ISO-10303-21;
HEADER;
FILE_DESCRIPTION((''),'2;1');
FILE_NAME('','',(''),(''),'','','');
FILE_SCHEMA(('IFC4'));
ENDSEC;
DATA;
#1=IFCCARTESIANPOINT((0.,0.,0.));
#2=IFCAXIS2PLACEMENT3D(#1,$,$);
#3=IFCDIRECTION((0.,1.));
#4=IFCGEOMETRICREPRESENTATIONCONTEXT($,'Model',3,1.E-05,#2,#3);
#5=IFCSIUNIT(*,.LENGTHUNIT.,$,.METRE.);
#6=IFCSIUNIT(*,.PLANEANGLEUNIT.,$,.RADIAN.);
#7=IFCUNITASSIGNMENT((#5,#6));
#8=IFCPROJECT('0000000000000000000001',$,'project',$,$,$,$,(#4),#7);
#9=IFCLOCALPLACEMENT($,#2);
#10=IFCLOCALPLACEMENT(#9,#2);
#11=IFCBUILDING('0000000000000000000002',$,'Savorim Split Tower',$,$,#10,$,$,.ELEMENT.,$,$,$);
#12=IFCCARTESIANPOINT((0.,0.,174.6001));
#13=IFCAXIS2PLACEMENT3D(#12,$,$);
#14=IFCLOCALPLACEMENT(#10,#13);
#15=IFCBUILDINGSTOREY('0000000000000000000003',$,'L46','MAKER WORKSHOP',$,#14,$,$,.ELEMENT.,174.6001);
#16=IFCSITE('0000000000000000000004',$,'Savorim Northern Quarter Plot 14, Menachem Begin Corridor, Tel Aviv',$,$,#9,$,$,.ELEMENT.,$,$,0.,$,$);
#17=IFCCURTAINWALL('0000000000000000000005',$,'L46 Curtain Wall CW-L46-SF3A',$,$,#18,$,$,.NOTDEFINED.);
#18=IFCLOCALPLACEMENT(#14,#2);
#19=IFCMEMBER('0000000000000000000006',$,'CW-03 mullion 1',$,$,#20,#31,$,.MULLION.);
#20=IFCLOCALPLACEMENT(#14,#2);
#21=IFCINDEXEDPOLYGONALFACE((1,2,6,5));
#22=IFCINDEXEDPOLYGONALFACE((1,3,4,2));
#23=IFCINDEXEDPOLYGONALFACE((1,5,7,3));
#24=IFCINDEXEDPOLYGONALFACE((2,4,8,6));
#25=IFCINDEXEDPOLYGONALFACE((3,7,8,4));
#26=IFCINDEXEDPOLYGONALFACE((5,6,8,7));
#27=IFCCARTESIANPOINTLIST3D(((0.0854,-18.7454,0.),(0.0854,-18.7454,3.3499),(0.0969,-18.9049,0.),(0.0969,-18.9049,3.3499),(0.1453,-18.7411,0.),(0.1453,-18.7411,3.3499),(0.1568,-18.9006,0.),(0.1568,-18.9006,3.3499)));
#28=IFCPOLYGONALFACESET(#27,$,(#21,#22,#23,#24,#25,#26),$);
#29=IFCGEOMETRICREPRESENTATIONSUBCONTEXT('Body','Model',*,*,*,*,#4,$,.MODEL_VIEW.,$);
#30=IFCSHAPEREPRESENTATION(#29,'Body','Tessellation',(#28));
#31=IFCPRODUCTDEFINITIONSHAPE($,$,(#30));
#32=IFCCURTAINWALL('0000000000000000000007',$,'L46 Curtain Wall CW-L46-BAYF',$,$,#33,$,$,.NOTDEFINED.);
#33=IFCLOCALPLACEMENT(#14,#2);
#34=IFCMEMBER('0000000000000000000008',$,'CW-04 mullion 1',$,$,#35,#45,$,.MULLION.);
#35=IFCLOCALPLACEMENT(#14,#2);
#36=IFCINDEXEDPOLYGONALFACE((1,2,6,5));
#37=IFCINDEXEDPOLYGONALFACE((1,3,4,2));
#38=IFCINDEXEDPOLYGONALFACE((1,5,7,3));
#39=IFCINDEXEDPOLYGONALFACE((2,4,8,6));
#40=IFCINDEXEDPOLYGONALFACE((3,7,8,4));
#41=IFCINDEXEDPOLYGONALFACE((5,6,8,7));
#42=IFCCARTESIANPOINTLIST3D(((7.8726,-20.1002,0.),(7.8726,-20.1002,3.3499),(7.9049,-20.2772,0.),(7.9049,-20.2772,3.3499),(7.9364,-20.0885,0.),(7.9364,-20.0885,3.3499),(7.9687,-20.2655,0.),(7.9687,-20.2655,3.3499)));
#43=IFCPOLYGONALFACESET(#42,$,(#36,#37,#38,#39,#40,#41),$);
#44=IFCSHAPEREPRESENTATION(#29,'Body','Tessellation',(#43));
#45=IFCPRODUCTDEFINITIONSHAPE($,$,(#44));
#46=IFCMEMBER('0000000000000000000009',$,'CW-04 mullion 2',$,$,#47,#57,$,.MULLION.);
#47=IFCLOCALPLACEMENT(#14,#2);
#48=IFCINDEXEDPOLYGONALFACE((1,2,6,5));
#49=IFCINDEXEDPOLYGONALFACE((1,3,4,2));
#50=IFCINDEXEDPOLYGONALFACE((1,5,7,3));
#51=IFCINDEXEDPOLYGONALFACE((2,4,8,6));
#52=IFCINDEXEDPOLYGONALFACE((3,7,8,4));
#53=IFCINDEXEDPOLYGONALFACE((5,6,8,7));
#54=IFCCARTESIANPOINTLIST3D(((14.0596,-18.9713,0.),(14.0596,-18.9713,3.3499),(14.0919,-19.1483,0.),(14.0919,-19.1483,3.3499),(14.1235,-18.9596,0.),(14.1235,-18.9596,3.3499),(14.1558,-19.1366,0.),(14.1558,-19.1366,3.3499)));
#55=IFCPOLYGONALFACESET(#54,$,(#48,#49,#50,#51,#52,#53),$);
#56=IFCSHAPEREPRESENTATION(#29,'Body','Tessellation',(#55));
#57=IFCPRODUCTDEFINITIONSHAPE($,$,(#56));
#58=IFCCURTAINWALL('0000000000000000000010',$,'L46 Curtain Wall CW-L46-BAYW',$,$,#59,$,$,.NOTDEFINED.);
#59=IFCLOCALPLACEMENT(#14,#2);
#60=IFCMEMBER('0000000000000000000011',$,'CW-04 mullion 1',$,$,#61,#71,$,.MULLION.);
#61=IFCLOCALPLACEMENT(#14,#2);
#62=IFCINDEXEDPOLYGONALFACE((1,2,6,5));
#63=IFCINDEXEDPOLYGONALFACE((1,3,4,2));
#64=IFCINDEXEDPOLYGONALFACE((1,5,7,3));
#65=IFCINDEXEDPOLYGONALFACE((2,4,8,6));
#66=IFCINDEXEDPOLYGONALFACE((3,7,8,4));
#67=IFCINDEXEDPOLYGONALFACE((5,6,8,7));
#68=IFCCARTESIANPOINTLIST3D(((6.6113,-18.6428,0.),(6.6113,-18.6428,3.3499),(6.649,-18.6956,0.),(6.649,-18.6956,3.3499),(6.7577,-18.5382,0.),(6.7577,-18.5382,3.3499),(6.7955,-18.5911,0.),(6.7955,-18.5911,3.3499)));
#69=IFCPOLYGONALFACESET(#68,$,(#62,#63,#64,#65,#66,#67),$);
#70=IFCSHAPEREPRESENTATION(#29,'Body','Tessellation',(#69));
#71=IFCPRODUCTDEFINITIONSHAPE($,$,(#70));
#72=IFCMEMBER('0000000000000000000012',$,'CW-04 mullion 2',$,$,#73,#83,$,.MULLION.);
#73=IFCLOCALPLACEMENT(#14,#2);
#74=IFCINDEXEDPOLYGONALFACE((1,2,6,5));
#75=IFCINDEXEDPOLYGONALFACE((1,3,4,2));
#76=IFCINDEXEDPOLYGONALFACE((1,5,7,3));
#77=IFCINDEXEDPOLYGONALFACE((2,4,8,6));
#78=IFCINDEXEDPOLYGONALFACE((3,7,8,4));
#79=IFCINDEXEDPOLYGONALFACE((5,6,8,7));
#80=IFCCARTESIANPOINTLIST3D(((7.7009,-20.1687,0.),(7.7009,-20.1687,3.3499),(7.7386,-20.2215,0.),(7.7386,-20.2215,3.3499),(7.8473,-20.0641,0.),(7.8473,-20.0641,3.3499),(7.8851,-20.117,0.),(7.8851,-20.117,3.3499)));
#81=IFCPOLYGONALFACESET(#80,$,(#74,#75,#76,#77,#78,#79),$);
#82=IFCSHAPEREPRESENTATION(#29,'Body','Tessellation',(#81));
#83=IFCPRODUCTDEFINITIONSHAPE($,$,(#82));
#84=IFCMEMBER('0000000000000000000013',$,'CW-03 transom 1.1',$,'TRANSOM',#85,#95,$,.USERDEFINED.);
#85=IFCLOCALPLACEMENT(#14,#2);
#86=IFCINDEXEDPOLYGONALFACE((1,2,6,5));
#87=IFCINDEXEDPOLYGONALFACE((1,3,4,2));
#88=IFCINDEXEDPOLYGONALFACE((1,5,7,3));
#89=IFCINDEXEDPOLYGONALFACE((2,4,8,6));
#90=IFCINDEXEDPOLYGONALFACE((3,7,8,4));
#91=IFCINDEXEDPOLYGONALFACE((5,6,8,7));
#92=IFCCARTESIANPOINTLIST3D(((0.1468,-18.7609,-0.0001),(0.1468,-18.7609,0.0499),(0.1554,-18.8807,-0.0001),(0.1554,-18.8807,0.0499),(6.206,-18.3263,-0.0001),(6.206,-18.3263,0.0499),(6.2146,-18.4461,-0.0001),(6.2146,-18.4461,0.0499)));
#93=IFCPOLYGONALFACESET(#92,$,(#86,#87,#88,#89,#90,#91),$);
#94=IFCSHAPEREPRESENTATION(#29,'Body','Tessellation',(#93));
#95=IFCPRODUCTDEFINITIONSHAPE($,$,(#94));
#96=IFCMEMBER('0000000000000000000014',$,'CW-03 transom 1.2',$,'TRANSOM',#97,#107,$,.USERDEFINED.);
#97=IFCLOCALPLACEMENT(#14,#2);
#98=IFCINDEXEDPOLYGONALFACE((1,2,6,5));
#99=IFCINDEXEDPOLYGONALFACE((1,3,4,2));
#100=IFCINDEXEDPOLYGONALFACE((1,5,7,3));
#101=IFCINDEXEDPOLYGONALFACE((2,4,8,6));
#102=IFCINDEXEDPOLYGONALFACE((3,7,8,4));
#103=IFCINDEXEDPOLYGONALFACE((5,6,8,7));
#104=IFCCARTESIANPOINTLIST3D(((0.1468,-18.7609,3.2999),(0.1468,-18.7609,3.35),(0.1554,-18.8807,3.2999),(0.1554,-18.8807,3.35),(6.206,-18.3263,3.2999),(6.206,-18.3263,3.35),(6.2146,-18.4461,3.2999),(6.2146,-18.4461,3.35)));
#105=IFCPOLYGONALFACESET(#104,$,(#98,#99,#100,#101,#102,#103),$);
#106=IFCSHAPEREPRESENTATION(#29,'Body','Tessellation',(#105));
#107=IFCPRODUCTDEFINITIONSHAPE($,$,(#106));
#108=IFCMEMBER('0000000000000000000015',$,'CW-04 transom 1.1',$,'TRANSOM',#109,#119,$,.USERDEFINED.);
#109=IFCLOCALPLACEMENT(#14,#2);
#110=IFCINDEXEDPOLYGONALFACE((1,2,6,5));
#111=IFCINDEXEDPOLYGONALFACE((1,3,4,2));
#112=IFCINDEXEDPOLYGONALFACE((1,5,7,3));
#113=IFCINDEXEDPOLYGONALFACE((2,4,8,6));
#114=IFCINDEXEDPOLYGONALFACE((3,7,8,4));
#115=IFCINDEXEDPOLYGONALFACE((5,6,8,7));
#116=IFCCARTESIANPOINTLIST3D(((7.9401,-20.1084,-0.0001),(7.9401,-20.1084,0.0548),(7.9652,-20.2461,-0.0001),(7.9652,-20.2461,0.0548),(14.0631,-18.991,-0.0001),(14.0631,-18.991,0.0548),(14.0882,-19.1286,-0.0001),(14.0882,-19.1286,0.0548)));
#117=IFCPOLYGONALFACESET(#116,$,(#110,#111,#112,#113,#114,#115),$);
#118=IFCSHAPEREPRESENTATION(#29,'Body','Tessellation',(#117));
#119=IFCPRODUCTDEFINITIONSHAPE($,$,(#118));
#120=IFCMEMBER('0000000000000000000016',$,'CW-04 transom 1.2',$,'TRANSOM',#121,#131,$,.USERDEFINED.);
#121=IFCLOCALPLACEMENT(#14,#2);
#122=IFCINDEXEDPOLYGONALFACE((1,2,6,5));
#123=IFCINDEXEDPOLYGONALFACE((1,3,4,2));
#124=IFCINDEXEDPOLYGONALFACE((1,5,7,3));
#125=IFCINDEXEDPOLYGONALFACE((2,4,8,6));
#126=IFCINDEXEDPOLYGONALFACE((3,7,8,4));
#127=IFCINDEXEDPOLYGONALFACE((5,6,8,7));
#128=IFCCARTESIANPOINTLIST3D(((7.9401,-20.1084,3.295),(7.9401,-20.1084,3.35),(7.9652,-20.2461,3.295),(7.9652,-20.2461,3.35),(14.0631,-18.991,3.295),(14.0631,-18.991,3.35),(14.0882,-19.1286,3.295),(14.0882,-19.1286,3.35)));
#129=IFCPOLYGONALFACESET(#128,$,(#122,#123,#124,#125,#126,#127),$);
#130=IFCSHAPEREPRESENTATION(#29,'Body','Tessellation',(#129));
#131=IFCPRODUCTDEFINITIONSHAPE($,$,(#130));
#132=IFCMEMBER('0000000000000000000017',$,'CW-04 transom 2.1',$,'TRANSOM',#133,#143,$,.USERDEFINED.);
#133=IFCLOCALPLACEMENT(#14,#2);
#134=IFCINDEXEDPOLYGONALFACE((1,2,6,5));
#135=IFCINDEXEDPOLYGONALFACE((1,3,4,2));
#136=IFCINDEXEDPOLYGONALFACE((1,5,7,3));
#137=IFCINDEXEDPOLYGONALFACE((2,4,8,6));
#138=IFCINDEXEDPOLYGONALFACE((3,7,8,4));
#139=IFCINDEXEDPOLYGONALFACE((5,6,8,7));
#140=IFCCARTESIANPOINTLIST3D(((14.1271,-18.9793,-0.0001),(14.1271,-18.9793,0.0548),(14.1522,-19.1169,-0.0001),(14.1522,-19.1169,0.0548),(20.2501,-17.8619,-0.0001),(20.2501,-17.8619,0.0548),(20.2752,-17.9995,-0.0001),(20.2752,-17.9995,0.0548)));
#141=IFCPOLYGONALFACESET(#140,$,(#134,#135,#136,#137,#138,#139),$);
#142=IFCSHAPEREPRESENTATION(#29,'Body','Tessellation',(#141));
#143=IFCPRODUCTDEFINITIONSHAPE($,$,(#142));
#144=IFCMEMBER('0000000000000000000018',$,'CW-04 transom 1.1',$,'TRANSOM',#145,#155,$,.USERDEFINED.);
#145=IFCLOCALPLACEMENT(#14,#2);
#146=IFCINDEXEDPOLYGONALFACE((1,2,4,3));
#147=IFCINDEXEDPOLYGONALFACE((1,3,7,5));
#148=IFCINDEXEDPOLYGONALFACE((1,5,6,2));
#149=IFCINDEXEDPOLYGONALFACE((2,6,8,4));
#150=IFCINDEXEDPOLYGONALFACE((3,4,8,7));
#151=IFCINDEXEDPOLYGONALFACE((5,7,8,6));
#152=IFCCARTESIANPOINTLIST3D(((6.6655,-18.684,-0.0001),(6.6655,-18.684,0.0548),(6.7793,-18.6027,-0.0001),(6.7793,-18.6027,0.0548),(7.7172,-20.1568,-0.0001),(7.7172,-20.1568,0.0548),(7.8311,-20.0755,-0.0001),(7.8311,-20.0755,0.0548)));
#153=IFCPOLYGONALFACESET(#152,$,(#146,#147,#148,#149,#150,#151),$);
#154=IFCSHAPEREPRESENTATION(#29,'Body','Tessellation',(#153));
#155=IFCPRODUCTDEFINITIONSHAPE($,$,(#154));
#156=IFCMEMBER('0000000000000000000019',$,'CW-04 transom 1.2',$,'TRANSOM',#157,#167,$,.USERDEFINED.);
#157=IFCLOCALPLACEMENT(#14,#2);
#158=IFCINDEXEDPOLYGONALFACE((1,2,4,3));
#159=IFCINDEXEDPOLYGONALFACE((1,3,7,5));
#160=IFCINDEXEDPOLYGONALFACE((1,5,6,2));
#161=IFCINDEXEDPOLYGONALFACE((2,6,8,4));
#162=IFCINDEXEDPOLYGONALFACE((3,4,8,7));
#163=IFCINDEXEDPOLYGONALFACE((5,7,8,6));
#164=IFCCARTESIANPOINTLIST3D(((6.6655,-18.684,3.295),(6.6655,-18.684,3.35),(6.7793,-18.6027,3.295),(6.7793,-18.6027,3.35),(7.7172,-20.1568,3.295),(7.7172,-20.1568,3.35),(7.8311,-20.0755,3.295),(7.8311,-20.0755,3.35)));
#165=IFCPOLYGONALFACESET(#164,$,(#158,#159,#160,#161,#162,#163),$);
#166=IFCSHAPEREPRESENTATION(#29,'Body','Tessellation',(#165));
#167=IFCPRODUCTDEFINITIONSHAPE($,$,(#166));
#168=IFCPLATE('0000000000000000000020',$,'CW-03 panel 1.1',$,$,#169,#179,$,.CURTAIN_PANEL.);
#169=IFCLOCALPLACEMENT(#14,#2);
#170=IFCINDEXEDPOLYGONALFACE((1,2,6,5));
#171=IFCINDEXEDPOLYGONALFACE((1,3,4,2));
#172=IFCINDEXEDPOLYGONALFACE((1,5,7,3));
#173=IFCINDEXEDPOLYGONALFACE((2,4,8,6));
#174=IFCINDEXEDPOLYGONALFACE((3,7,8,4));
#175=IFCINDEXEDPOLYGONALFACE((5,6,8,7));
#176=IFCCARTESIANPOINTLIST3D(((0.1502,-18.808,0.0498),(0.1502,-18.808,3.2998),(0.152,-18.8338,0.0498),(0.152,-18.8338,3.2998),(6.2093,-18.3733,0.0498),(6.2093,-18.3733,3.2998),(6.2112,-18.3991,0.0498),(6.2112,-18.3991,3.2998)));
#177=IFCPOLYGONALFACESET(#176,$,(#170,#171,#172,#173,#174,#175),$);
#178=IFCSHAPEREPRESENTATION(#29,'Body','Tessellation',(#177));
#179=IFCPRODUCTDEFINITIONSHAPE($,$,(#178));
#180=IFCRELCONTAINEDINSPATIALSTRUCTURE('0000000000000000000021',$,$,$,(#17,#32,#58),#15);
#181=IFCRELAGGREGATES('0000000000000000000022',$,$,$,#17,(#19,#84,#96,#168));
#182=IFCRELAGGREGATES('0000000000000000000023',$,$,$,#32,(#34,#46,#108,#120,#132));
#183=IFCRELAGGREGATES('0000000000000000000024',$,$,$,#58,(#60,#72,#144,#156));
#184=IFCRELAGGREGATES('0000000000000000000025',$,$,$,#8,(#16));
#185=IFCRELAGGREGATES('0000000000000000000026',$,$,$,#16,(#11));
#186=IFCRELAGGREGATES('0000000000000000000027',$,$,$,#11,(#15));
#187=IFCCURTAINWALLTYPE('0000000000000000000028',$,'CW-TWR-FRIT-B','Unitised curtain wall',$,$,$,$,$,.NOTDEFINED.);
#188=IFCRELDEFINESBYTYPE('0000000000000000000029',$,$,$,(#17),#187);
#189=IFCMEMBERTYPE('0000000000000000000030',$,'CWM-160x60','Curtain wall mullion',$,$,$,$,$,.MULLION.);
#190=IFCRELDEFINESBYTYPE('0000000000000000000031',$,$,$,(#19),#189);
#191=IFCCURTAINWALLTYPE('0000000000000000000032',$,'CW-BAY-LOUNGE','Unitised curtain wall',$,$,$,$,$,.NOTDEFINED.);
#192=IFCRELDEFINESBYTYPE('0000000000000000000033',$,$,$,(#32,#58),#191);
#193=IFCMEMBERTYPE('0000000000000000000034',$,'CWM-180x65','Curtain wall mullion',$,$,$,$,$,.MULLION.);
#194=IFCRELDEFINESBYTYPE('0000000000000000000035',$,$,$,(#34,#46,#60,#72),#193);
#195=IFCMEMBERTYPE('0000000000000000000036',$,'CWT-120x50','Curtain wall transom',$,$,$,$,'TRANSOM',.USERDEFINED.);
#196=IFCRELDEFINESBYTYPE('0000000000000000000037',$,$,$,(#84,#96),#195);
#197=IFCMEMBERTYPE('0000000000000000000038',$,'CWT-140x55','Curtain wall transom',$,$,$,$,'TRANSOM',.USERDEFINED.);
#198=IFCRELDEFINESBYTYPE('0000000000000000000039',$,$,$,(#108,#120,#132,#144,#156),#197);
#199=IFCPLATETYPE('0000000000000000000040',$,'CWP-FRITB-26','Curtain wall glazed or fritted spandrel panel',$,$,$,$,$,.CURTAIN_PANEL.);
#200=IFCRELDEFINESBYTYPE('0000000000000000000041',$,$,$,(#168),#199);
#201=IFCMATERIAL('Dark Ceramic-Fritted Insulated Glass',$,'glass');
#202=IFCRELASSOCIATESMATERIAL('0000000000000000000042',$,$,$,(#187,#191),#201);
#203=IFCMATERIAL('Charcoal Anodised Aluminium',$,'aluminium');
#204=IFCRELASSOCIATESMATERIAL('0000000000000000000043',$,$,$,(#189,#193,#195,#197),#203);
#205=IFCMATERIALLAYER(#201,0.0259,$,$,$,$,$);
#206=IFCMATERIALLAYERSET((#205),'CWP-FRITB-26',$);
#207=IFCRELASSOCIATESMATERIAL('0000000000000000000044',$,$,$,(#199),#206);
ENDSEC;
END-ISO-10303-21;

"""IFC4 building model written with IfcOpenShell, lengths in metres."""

from ifc_helpers import new_model, si_unit, direction, frame, origin, origin_2d, place, context, subcontext, project, spatial, rectangle, extrude, material, layer, layer_set, material_profile, profile_set, type_object, element, aggregate, save


model = new_model("IFC4")

# Units and contexts
model_context = context("Model", 3, precision=1e-05, world=origin(), true_north=direction((0.0, 1.0)))
body_context = subcontext(model_context, "Body", "Model", "MODEL_VIEW")
ifc_project = project(units=[si_unit("LENGTHUNIT", "METRE"), si_unit("PLANEANGLEUNIT", "RADIAN")], contexts=[model_context])

# Site, building, storey
site_placement = place(None, origin())
site = spatial("IfcSite", under=ifc_project, at=site_placement, Name="Savorim Northern Quarter Plot 14, Menachem Begin Corridor, Tel Aviv", CompositionType="ELEMENT", RefElevation=0.0)
building_placement = place(site_placement, origin())
building = spatial("IfcBuilding", under=site, at=building_placement, Name="Savorim Split Tower", CompositionType="ELEMENT")
storey_placement = place(building_placement, frame((0.0, 0.0, 174.6001)))
storey = spatial("IfcBuildingStorey", under=building, at=storey_placement, Name="L46", Description="MAKER WORKSHOP", CompositionType="ELEMENT", Elevation=174.6001)

# Curtain wall, member
ifc_material_1 = material(Name="Dark Ceramic-Fritted Insulated Glass", Category="glass")
curtain_wall_type_1 = type_object("IfcCurtainWallType", Name="CW-TWR-FRIT-B", Description="Unitised curtain wall", PredefinedType="NOTDEFINED", material=ifc_material_1)
curtain_wall_1_placement = place(storey_placement, origin())
curtain_wall_1 = element("IfcCurtainWall", 1, at=curtain_wall_1_placement, inside=storey, type_object=curtain_wall_type_1, Name="L46 Curtain Wall CW-L46-SF3A", PredefinedType="NOTDEFINED")
ifc_material_2 = material(Name="Charcoal Anodised Aluminium", Category="aluminium")
ifc_material_profile_1 = material_profile(ifc_material_2, rectangle(XDim=0.1599, YDim=0.0601, at=origin_2d()), Name="ALU-M 160x60")
ifc_profile_set_1 = profile_set([ifc_material_profile_1], Name="Charcoal Anodised Aluminium")
member_type_1 = type_object("IfcMemberType", Name="CWM-160x60", Description="Curtain wall mullion", PredefinedType="MULLION", material=ifc_profile_set_1)
member_1_placement = place(storey_placement, frame((0.1211, -18.823, 0.0), z_axis=(0.0, 0.0, 1.0), x_axis=(-0.071561, 0.997436, 0.0)))
member_1 = element("IfcMember", 2, at=member_1_placement, type_object=member_type_1, Name="CW-03 mullion 1", PredefinedType="MULLION", context=body_context, shape_type="SweptSolid", body=[
    extrude(rectangle(XDim=0.1599, YDim=0.0601, at=origin_2d()), origin(), (0.0, 0.0, 1.0), 3.3499),
])

# Curtain walls, members
curtain_wall_type_2 = type_object("IfcCurtainWallType", Name="CW-BAY-LOUNGE", Description="Unitised curtain wall", PredefinedType="NOTDEFINED", material=ifc_material_1)
curtain_wall_2_placement = place(storey_placement, origin())
curtain_wall_2 = element("IfcCurtainWall", 3, at=curtain_wall_2_placement, inside=storey, type_object=curtain_wall_type_2, Name="L46 Curtain Wall CW-L46-BAYF", PredefinedType="NOTDEFINED")
ifc_material_profile_2 = material_profile(ifc_material_2, rectangle(XDim=0.1799, YDim=0.0649, at=origin_2d()), Name="ALU-M 180x65")
ifc_profile_set_2 = profile_set([ifc_material_profile_2], Name="Charcoal Anodised Aluminium")
member_type_2 = type_object("IfcMemberType", Name="CWM-180x65", Description="Curtain wall mullion", PredefinedType="MULLION", material=ifc_profile_set_2)
member_2_placement = place(storey_placement, frame((7.9207, -20.1829, 0.0), z_axis=(0.0, 0.0, 1.0), x_axis=(-0.179518, 0.983755, 0.0)))
member_2 = element("IfcMember", 4, at=member_2_placement, type_object=member_type_2, Name="CW-04 mullion 1", PredefinedType="MULLION", context=body_context, shape_type="SweptSolid", body=[
    extrude(rectangle(XDim=0.1799, YDim=0.0649, at=origin_2d()), origin(), (0.0, 0.0, 1.0), 3.3499),
])
member_3_placement = place(storey_placement, frame((14.1077, -19.054, 0.0), z_axis=(0.0, 0.0, 1.0), x_axis=(-0.179518, 0.983755, 0.0)))
member_3 = element("IfcMember", 5, at=member_3_placement, type_object=member_type_2, Name="CW-04 mullion 2", PredefinedType="MULLION", context=body_context, shape_type="SweptSolid", body=[
    extrude(rectangle(XDim=0.1799, YDim=0.0649, at=origin_2d()), origin(), (0.0, 0.0, 1.0), 3.3499),
])
curtain_wall_3_placement = place(storey_placement, origin())
curtain_wall_3 = element("IfcCurtainWall", 6, at=curtain_wall_3_placement, inside=storey, type_object=curtain_wall_type_2, Name="L46 Curtain Wall CW-L46-BAYW", PredefinedType="NOTDEFINED")
member_4_placement = place(storey_placement, frame((6.7034, -18.6169, 0.0), z_axis=(0.0, 0.0, 1.0), x_axis=(0.813834, 0.581097, 0.0)))
member_4 = element("IfcMember", 7, at=member_4_placement, type_object=member_type_2, Name="CW-04 mullion 1", PredefinedType="MULLION", context=body_context, shape_type="SweptSolid", body=[
    extrude(rectangle(XDim=0.1799, YDim=0.0649, at=origin_2d()), origin(), (0.0, 0.0, 1.0), 3.3499),
])
member_5_placement = place(storey_placement, frame((7.793, -20.1428, 0.0), z_axis=(0.0, 0.0, 1.0), x_axis=(0.813834, 0.581097, 0.0)))
member_5 = element("IfcMember", 8, at=member_5_placement, type_object=member_type_2, Name="CW-04 mullion 2", PredefinedType="MULLION", context=body_context, shape_type="SweptSolid", body=[
    extrude(rectangle(XDim=0.1799, YDim=0.0649, at=origin_2d()), origin(), (0.0, 0.0, 1.0), 3.3499),
])

# Members
ifc_material_profile_3 = material_profile(ifc_material_2, rectangle(XDim=0.1201, YDim=0.05, at=origin_2d()), Name="ALU-T 120x50")
ifc_profile_set_3 = profile_set([ifc_material_profile_3], Name="Charcoal Anodised Aluminium")
member_type_3 = type_object("IfcMemberType", Name="CWT-120x50", Description="Curtain wall transom", ElementType="TRANSOM", PredefinedType="USERDEFINED", material=ifc_profile_set_3)
member_6_placement = place(storey_placement, frame((0.1511, -18.8208, 0.0249), z_axis=(0.997438, 0.071538, 0.0), x_axis=(-0.071538, 0.997438, 0.0)))
member_6 = element("IfcMember", 9, at=member_6_placement, type_object=member_type_3, Name="CW-03 transom 1.1", ObjectType="TRANSOM", PredefinedType="USERDEFINED", context=body_context, shape_type="SweptSolid", body=[
    extrude(rectangle(XDim=0.1201, YDim=0.05, at=origin_2d()), origin(), (0.0, 0.0, 1.0), 6.0747),
])
member_7_placement = place(storey_placement, frame((0.1511, -18.8208, 3.325), z_axis=(0.997438, 0.071538, 0.0), x_axis=(-0.071538, 0.997438, 0.0)))
member_7 = element("IfcMember", 10, at=member_7_placement, type_object=member_type_3, Name="CW-03 transom 1.2", ObjectType="TRANSOM", PredefinedType="USERDEFINED", context=body_context, shape_type="SweptSolid", body=[
    extrude(rectangle(XDim=0.1201, YDim=0.05, at=origin_2d()), origin(), (0.0, 0.0, 1.0), 6.0747),
])
ifc_material_profile_4 = material_profile(ifc_material_2, rectangle(XDim=0.1399, YDim=0.0549, at=origin_2d()), Name="ALU-T 140x55")
ifc_profile_set_4 = profile_set([ifc_material_profile_4], Name="Charcoal Anodised Aluminium")
member_type_4 = type_object("IfcMemberType", Name="CWT-140x55", Description="Curtain wall transom", ElementType="TRANSOM", PredefinedType="USERDEFINED", material=ifc_profile_set_4)
member_8_placement = place(storey_placement, frame((7.9526, -20.1772, 0.0273), z_axis=(0.983752, 0.179531, 0.0), x_axis=(-0.179531, 0.983752, 0.0)))
member_8 = element("IfcMember", 11, at=member_8_placement, type_object=member_type_4, Name="CW-04 transom 1.1", ObjectType="TRANSOM", PredefinedType="USERDEFINED", context=body_context, shape_type="SweptSolid", body=[
    extrude(rectangle(XDim=0.1399, YDim=0.0549, at=origin_2d()), origin(), (0.0, 0.0, 1.0), 6.2241),
])
member_9_placement = place(storey_placement, frame((7.9526, -20.1772, 3.3225), z_axis=(0.983752, 0.179531, 0.0), x_axis=(-0.179531, 0.983752, 0.0)))
member_9 = element("IfcMember", 12, at=member_9_placement, type_object=member_type_4, Name="CW-04 transom 1.2", ObjectType="TRANSOM", PredefinedType="USERDEFINED", context=body_context, shape_type="SweptSolid", body=[
    extrude(rectangle(XDim=0.1399, YDim=0.0549, at=origin_2d()), origin(), (0.0, 0.0, 1.0), 6.2241),
])
member_10_placement = place(storey_placement, frame((14.1396, -19.0481, 0.0273), z_axis=(0.983752, 0.179531, 0.0), x_axis=(-0.179531, 0.983752, 0.0)))
member_10 = element("IfcMember", 13, at=member_10_placement, type_object=member_type_4, Name="CW-04 transom 2.1", ObjectType="TRANSOM", PredefinedType="USERDEFINED", context=body_context, shape_type="SweptSolid", body=[
    extrude(rectangle(XDim=0.1399, YDim=0.0549, at=origin_2d()), origin(), (0.0, 0.0, 1.0), 6.2241),
])
member_11_placement = place(storey_placement, frame((6.7224, -18.6433, 0.0273), z_axis=(0.581123, -0.813815, 0.0), x_axis=(0.813815, 0.581123, 0.0)))
member_11 = element("IfcMember", 14, at=member_11_placement, type_object=member_type_4, Name="CW-04 transom 1.1", ObjectType="TRANSOM", PredefinedType="USERDEFINED", context=body_context, shape_type="SweptSolid", body=[
    extrude(rectangle(XDim=0.1399, YDim=0.0549, at=origin_2d()), origin(), (0.0, 0.0, 1.0), 1.8098),
])
member_12_placement = place(storey_placement, frame((6.7224, -18.6433, 3.3225), z_axis=(0.581123, -0.813815, 0.0), x_axis=(0.813815, 0.581123, 0.0)))
member_12 = element("IfcMember", 15, at=member_12_placement, type_object=member_type_4, Name="CW-04 transom 1.2", ObjectType="TRANSOM", PredefinedType="USERDEFINED", context=body_context, shape_type="SweptSolid", body=[
    extrude(rectangle(XDim=0.1399, YDim=0.0549, at=origin_2d()), origin(), (0.0, 0.0, 1.0), 1.8098),
])

# Plate
ifc_layer_1 = layer(ifc_material_1, 0.0259)
ifc_layer_set_1 = layer_set([ifc_layer_1], Name="CWP-FRITB-26")
plate_type_1 = type_object("IfcPlateType", Name="CWP-FRITB-26", Description="Curtain wall glazed or fritted spandrel panel", PredefinedType="CURTAIN_PANEL", material=ifc_layer_set_1)
plate_1_placement = place(storey_placement, frame((3.1807, -18.6035, 0.0498), z_axis=(0.0, 0.0, 1.0), x_axis=(0.997436, 0.071561, 0.0)))
plate_1 = element("IfcPlate", 16, at=plate_1_placement, type_object=plate_type_1, Name="CW-03 panel 1.1", PredefinedType="CURTAIN_PANEL", context=body_context, shape_type="SweptSolid", body=[
    extrude(rectangle(XDim=6.0747, YDim=0.0259, at=origin_2d()), origin(), (0.0, 0.0, 1.0), 3.25),
])
aggregate(curtain_wall_1, [member_1, member_6, member_7, plate_1])
aggregate(curtain_wall_2, [member_2, member_3, member_8, member_9, member_10])
aggregate(curtain_wall_3, [member_4, member_5, member_11, member_12])

save(model, "model.ifc")
